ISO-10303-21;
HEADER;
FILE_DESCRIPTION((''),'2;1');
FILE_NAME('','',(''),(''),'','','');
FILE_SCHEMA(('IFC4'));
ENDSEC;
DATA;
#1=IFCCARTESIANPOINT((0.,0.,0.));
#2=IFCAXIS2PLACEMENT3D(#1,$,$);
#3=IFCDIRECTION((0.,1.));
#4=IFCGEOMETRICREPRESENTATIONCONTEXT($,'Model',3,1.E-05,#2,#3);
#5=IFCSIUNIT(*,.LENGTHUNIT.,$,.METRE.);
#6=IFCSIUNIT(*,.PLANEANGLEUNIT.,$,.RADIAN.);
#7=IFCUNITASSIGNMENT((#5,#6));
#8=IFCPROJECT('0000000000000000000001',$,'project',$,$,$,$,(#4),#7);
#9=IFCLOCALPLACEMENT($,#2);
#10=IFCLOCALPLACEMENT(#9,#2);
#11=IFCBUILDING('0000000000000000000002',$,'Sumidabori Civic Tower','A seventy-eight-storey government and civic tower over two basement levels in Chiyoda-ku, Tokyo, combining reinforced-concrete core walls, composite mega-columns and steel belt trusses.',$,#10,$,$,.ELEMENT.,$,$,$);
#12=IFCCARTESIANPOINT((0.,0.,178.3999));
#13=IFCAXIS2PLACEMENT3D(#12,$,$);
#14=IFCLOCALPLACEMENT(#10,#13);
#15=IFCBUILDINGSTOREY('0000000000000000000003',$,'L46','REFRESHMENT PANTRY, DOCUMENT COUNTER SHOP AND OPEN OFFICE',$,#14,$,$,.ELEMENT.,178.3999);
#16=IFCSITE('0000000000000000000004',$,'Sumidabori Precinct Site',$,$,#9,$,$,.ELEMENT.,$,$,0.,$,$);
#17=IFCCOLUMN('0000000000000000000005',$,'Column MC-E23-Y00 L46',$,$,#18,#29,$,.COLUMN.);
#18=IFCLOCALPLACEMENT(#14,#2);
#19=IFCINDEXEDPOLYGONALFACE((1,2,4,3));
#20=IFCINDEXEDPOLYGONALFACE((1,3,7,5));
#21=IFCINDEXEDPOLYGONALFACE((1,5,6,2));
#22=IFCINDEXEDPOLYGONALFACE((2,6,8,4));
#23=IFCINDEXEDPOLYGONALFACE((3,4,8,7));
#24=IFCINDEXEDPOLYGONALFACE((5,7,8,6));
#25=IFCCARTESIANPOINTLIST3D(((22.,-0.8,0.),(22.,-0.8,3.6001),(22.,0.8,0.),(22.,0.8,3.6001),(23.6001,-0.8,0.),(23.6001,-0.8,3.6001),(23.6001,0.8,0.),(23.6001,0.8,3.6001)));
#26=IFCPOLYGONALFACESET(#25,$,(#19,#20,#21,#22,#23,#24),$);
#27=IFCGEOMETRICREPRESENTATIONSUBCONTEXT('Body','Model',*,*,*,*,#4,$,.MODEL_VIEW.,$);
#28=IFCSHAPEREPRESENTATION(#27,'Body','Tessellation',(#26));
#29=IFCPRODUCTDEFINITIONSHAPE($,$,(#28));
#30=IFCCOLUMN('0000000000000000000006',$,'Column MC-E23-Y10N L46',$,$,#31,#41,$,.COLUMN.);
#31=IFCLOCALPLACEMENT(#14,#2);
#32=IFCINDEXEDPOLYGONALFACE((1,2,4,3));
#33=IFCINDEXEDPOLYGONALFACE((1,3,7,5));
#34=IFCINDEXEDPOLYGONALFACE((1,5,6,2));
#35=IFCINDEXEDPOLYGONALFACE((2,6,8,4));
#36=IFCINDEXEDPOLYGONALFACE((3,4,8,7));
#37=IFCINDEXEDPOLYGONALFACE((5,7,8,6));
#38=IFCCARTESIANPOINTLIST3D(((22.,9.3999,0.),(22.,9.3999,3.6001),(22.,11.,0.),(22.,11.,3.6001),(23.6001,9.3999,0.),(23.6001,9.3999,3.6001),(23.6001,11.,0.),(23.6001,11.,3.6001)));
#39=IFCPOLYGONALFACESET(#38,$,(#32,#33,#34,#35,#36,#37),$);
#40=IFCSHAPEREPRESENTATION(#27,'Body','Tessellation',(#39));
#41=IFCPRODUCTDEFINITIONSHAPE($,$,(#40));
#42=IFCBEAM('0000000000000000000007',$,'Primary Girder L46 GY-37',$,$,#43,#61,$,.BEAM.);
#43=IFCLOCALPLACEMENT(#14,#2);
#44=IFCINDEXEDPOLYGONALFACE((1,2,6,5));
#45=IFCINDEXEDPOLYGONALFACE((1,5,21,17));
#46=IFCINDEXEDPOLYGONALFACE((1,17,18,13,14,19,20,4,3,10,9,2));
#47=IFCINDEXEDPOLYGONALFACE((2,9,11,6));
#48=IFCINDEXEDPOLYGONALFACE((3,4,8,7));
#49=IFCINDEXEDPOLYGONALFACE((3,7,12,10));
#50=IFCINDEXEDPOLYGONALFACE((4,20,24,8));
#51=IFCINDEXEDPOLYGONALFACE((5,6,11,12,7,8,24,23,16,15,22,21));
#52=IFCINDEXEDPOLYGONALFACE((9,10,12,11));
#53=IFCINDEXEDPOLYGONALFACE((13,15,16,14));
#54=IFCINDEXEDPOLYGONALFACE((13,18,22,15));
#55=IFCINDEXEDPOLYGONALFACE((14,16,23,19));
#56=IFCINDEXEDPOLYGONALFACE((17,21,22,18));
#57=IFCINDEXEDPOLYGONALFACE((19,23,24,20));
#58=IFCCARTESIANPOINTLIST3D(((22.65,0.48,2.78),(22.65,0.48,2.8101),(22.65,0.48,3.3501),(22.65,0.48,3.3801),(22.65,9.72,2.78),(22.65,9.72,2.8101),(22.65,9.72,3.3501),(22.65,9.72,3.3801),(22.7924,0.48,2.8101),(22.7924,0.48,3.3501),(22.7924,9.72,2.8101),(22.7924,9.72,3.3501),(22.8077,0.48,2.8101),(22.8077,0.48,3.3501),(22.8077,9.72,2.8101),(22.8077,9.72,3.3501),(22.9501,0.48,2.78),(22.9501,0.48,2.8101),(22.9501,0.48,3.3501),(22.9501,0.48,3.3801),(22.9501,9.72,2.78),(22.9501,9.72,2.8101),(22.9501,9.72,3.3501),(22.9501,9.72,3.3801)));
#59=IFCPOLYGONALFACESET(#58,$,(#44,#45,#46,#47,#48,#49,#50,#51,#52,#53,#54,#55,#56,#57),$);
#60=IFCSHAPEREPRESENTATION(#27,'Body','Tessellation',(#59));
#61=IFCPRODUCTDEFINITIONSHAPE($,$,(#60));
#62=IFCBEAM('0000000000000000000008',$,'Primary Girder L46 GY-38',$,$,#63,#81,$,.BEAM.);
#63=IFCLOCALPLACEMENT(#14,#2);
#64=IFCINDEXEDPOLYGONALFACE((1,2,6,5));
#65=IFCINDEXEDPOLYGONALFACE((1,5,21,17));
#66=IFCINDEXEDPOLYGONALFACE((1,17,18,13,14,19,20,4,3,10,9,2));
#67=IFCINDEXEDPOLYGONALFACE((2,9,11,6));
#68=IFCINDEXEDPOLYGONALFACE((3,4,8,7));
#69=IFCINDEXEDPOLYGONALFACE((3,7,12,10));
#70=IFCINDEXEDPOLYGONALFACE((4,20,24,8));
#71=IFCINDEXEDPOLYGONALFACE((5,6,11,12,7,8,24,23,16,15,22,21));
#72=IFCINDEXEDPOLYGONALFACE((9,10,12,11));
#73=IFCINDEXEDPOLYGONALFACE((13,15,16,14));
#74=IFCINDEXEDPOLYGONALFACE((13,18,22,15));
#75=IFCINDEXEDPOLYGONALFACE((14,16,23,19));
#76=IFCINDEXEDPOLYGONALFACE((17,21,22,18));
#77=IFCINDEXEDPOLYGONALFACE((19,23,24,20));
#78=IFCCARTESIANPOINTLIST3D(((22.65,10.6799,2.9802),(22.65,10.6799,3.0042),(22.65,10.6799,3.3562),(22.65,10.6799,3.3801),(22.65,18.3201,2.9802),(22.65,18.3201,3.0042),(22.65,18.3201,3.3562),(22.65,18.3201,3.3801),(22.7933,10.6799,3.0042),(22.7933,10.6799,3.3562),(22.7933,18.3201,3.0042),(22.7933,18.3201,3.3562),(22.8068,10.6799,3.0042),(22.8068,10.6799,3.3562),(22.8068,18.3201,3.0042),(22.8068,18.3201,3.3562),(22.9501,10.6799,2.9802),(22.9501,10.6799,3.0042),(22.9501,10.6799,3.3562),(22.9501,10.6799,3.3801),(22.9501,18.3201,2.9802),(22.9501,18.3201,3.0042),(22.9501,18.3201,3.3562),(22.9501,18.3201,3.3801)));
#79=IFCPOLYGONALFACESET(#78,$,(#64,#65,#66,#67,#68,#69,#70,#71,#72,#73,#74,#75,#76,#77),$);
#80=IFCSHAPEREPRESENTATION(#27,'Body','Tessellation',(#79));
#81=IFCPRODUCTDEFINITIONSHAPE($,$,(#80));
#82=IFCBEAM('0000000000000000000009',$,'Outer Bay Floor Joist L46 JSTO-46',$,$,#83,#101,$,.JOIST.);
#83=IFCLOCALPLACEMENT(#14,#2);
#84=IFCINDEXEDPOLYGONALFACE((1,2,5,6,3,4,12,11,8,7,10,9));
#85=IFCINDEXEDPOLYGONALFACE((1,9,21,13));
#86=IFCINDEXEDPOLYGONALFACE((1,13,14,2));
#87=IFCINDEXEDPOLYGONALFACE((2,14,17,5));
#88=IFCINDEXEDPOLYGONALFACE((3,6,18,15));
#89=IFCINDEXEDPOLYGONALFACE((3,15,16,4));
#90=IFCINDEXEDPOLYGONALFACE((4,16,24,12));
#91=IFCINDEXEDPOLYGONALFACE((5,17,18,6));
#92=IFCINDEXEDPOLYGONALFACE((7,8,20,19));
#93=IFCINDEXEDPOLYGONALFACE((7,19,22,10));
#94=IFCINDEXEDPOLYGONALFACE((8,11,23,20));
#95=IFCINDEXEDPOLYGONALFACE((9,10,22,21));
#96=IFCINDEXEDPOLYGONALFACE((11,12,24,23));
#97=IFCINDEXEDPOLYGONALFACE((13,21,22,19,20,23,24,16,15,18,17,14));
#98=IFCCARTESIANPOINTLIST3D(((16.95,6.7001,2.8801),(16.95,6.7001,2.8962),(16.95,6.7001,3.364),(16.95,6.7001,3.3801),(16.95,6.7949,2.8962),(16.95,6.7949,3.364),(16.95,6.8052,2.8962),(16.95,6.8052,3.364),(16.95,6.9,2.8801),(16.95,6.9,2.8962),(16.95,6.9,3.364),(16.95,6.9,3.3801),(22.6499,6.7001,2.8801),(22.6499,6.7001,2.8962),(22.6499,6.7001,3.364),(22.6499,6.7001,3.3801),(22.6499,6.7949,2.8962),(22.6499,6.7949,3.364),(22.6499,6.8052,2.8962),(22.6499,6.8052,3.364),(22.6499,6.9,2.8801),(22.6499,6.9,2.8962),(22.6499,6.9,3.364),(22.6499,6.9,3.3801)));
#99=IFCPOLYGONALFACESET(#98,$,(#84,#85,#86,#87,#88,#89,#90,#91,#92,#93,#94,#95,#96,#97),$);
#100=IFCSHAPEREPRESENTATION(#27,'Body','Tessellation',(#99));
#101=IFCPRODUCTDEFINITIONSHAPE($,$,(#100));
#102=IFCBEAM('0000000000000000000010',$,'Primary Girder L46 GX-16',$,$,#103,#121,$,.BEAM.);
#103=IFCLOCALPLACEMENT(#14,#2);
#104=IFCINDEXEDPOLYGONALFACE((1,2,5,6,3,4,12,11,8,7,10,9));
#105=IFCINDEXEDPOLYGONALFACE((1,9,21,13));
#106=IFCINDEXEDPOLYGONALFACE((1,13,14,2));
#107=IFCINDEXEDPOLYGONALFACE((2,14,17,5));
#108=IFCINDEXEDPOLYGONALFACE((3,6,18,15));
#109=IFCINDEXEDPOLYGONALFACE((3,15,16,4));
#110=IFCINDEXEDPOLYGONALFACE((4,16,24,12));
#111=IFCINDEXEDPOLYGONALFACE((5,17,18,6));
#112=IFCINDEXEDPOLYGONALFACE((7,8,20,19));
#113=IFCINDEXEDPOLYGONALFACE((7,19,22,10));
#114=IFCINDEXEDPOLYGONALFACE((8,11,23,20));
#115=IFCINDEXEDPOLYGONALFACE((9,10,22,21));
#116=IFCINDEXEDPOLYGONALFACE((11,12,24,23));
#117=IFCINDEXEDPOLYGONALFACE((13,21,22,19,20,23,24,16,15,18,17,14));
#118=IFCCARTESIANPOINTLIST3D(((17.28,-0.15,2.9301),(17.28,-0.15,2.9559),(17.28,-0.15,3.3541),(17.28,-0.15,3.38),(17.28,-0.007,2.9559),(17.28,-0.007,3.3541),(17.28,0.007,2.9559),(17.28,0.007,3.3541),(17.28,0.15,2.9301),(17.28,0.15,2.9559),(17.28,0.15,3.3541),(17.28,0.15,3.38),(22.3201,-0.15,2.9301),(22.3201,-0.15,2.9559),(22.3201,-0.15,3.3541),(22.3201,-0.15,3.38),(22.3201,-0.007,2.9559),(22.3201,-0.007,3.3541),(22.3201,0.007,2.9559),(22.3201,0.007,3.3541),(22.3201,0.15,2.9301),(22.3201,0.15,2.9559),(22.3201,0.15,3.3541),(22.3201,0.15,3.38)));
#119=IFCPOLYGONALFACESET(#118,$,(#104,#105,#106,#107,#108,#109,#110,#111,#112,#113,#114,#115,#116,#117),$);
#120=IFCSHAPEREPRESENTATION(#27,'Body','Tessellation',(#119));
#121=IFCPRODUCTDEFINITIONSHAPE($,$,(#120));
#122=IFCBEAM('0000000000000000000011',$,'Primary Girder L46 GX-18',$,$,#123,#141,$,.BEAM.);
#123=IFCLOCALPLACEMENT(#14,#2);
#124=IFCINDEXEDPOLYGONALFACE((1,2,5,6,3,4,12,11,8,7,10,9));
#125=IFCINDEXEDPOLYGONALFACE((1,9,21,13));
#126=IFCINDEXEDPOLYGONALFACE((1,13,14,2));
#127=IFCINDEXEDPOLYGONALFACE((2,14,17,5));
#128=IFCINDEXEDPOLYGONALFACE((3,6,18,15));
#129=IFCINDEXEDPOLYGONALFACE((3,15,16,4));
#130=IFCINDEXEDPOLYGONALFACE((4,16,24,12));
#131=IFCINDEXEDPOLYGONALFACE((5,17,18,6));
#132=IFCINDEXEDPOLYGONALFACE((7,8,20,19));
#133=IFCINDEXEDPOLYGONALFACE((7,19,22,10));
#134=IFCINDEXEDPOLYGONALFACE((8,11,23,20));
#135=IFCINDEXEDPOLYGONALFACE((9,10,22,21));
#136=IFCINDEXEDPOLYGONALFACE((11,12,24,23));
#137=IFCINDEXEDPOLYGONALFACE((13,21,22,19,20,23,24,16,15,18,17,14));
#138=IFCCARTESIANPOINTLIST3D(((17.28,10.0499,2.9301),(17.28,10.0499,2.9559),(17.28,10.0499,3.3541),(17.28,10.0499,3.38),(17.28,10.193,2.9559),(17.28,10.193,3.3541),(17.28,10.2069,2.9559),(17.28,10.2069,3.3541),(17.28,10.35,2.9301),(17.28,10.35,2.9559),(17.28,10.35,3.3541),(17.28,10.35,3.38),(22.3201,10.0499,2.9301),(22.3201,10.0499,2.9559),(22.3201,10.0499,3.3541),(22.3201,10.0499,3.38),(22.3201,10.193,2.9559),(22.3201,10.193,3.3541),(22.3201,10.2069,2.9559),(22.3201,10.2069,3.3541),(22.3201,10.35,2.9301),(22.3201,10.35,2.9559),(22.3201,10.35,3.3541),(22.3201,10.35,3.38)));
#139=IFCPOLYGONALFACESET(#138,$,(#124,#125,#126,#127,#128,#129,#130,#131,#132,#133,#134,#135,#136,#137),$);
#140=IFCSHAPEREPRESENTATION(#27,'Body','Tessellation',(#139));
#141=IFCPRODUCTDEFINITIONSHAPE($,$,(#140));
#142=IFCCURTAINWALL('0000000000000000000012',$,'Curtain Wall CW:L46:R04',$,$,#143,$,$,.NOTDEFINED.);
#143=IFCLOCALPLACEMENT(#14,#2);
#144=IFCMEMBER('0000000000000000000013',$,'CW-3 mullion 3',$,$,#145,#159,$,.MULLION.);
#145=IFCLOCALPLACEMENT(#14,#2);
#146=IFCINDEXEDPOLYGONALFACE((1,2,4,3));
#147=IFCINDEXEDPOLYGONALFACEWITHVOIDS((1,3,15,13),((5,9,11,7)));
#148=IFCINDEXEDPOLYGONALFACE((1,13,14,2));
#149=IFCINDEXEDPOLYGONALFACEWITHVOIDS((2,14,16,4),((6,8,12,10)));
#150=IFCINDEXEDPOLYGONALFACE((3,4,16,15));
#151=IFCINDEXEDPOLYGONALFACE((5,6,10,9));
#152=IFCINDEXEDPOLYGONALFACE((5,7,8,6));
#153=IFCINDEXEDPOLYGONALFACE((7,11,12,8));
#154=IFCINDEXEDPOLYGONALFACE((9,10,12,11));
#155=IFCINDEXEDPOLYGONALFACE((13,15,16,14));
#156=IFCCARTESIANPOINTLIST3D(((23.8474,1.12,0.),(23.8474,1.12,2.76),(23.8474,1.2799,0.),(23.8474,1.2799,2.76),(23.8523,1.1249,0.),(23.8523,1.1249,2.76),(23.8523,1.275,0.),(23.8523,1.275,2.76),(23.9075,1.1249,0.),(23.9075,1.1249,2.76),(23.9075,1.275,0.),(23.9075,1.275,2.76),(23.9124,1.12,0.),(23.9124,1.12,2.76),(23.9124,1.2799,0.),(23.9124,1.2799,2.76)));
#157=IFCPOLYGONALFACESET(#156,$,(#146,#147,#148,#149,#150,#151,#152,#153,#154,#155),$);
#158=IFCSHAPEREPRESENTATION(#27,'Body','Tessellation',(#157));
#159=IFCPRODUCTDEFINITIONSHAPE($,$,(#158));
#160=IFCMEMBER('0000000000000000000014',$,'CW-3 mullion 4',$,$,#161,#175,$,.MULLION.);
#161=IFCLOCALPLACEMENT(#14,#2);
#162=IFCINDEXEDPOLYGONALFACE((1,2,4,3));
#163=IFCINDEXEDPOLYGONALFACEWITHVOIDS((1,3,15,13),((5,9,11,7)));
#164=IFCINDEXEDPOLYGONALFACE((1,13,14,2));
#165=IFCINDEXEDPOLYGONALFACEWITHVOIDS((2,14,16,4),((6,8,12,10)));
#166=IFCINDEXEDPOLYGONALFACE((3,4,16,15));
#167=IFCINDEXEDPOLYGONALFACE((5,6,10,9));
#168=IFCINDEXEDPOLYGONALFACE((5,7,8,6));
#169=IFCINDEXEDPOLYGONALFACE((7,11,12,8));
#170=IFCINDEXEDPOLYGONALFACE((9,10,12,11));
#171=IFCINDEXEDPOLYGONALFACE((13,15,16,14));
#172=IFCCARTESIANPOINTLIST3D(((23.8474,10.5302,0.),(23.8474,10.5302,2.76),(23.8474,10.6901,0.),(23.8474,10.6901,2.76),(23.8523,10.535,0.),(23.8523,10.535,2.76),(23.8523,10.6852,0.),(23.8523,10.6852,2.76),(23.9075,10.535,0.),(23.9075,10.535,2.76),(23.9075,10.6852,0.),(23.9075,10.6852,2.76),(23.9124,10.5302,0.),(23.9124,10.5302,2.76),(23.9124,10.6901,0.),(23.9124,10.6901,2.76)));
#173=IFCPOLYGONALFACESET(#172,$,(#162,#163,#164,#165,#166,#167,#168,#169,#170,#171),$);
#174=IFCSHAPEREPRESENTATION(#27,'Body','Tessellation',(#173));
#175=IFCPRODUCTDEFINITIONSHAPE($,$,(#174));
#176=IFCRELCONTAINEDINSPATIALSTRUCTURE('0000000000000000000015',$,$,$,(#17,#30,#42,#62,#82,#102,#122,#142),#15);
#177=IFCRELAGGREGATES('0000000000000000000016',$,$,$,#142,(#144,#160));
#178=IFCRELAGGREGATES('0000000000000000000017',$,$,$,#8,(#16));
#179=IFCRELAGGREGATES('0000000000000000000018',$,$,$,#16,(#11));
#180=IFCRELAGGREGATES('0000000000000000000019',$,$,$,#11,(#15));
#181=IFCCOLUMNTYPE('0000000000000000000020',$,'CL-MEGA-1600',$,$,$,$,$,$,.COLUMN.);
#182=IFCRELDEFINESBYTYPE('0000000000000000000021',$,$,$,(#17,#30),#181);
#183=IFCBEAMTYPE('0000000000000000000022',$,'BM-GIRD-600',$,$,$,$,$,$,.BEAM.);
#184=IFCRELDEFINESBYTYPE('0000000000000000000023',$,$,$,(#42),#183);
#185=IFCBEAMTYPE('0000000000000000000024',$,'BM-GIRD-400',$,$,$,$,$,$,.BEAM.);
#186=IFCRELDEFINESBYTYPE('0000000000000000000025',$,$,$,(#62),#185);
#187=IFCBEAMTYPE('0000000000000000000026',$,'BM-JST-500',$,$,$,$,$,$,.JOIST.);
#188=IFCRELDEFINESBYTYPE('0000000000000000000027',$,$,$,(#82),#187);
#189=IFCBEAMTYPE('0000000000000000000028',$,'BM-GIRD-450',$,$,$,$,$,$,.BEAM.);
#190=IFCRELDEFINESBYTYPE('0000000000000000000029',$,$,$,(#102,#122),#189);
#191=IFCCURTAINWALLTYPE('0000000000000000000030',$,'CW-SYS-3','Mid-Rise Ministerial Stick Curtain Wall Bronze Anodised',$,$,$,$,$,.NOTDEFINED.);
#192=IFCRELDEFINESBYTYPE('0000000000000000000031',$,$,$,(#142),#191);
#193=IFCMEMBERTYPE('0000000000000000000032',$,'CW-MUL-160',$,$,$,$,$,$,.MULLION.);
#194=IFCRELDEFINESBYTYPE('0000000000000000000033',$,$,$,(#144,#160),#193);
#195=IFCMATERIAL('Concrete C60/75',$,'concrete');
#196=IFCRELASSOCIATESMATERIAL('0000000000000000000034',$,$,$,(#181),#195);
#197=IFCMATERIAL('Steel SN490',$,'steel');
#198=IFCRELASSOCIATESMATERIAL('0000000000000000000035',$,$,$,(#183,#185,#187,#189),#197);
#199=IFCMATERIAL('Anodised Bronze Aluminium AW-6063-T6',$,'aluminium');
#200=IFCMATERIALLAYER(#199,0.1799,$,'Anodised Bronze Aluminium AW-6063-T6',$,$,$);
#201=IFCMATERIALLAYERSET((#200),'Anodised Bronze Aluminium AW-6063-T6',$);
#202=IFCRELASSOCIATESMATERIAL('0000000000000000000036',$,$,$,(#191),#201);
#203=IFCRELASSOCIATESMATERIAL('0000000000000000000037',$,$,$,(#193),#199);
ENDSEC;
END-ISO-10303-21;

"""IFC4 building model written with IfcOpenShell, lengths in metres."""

from ifc_helpers import new_model, si_unit, direction, frame, origin, origin_2d, place, context, subcontext, project, spatial, rectangle, hollow_rectangle, i_section, extrude, source, transform, mapped, material, layer, layer_set, material_profile, profile_set, type_object, element, aggregate, save


model = new_model("IFC4")

# Units and contexts
model_context = context("Model", 3, precision=1e-05, world=origin(), true_north=direction((0.0, 1.0)))
body_context = subcontext(model_context, "Body", "Model", "MODEL_VIEW")
ifc_project = project(units=[si_unit("LENGTHUNIT", "METRE"), si_unit("PLANEANGLEUNIT", "RADIAN")], contexts=[model_context])

# Site, building, storey
site_placement = place(None, origin())
site = spatial("IfcSite", under=ifc_project, at=site_placement, Name="Sumidabori Precinct Site", CompositionType="ELEMENT", RefElevation=0.0)
building_placement = place(site_placement, origin())
building = spatial("IfcBuilding", under=site, at=building_placement, Name="Sumidabori Civic Tower", Description="A seventy-eight-storey government and civic tower over two basement levels in Chiyoda-ku, Tokyo, combining reinforced-concrete core walls, composite mega-columns and steel belt trusses.", CompositionType="ELEMENT")
storey_placement = place(building_placement, frame((0.0, 0.0, 178.3999)))
storey = spatial("IfcBuildingStorey", under=building, at=storey_placement, Name="L46", Description="REFRESHMENT PANTRY, DOCUMENT COUNTER SHOP AND OPEN OFFICE", CompositionType="ELEMENT", Elevation=178.3999)

# Columns
ifc_material_1 = material(Name="Concrete C60/75", Category="concrete")
ifc_material_profile_1 = material_profile(ifc_material_1, rectangle(XDim=1.6001, YDim=1.6001, at=origin_2d()), Name="RC 1600x1600")
ifc_profile_set_1 = profile_set([ifc_material_profile_1], Name="Concrete C60/75")
column_type = type_object("IfcColumnType", Name="CL-MEGA-1600", PredefinedType="COLUMN", material=ifc_profile_set_1)
shared_shape_1 = source(origin(), body_context, "Body", "SweptSolid", [
    extrude(rectangle(XDim=1.6001, YDim=1.6001, at=origin_2d()), origin(), (0.0, 0.0, 1.0), 3.6001),
])
for number, where, z_axis, x_axis, name in (
    (1, (22.8, 0.0, 0.0), (0.0, 0.0, 1.0), (1.0, 0.0, 0.0), "Column MC-E23-Y00 L46"),
    (2, (22.8, 10.2, 0.0), (0.0, 0.0, 1.0), (1.0, 0.0, 0.0), "Column MC-E23-Y10N L46"),
):
    element("IfcColumn", number, at=place(storey_placement, frame(where, z_axis=z_axis, x_axis=x_axis)), inside=storey, type_object=column_type, Name=name, PredefinedType="COLUMN", context=body_context, shape_type="MappedRepresentation", body=[
        mapped(shared_shape_1, transform((0.0, 0.0, 0.0), x_axis=(1.0, 0.0, 0.0), y_axis=(0.0, 1.0, 0.0), z_axis=(0.0, 0.0, 1.0), scale=1.0)),
    ])

# Beams
ifc_material_2 = material(Name="Steel SN490", Category="steel")
ifc_material_profile_2 = material_profile(ifc_material_2, i_section(OverallWidth=0.3, OverallDepth=0.6001, WebThickness=0.0154, FlangeThickness=0.03, at=origin_2d()), Name="HE 600 B")
ifc_profile_set_2 = profile_set([ifc_material_profile_2], Name="Steel SN490")
beam_type_1 = type_object("IfcBeamType", Name="BM-GIRD-600", PredefinedType="BEAM", material=ifc_profile_set_2)
shared_shape_2 = source(origin(), body_context, "Body", "SweptSolid", [
    extrude(i_section(OverallWidth=0.3, OverallDepth=0.6001, WebThickness=0.0154, FlangeThickness=0.03, at=origin_2d()), origin(), (0.0, 0.0, 1.0), 9.24),
])
beam_1_placement = place(storey_placement, frame((22.8, 0.48, 3.0801), z_axis=(0.0, 1.0, 0.0), x_axis=(-1.0, 0.0, 0.0)))
element("IfcBeam", 3, at=beam_1_placement, inside=storey, type_object=beam_type_1, Name="Primary Girder L46 GY-37", PredefinedType="BEAM", context=body_context, shape_type="MappedRepresentation", body=[
    mapped(shared_shape_2, transform((0.0, 0.0, 0.0), x_axis=(1.0, 0.0, 0.0), y_axis=(0.0, 1.0, 0.0), z_axis=(0.0, 0.0, 1.0), scale=1.0)),
])
ifc_material_profile_3 = material_profile(ifc_material_2, i_section(OverallWidth=0.3, OverallDepth=0.3999, WebThickness=0.0134, FlangeThickness=0.0239, at=origin_2d()), Name="HE 400 B")
ifc_profile_set_3 = profile_set([ifc_material_profile_3], Name="Steel SN490")
beam_type_2 = type_object("IfcBeamType", Name="BM-GIRD-400", PredefinedType="BEAM", material=ifc_profile_set_3)
shared_shape_3 = source(origin(), body_context, "Body", "SweptSolid", [
    extrude(i_section(OverallWidth=0.3, OverallDepth=0.3999, WebThickness=0.0134, FlangeThickness=0.0239, at=origin_2d()), origin(), (0.0, 0.0, 1.0), 7.6401),
])
beam_2_placement = place(storey_placement, frame((22.8, 10.6799, 3.1802), z_axis=(0.0, 1.0, 0.0), x_axis=(-1.0, 0.0, 0.0)))
element("IfcBeam", 4, at=beam_2_placement, inside=storey, type_object=beam_type_2, Name="Primary Girder L46 GY-38", PredefinedType="BEAM", context=body_context, shape_type="MappedRepresentation", body=[
    mapped(shared_shape_3, transform((0.0, 0.0, 0.0), x_axis=(1.0, 0.0, 0.0), y_axis=(0.0, 1.0, 0.0), z_axis=(0.0, 0.0, 1.0), scale=1.0)),
])
ifc_material_profile_4 = material_profile(ifc_material_2, i_section(OverallWidth=0.2, OverallDepth=0.5, WebThickness=0.0103, FlangeThickness=0.0161, at=origin_2d()), Name="IPE 500")
ifc_profile_set_4 = profile_set([ifc_material_profile_4], Name="Steel SN490")
beam_type_3 = type_object("IfcBeamType", Name="BM-JST-500", PredefinedType="JOIST", material=ifc_profile_set_4)
shared_shape_4 = source(origin(), body_context, "Body", "SweptSolid", [
    extrude(i_section(OverallWidth=0.2, OverallDepth=0.5, WebThickness=0.0103, FlangeThickness=0.0161, at=origin_2d()), origin(), (0.0, 0.0, 1.0), 5.7),
])
beam_3_placement = place(storey_placement, frame((16.95, 6.8, 3.1301), z_axis=(1.0, 0.0, 0.0), x_axis=(0.0, 1.0, 0.0)))
element("IfcBeam", 5, at=beam_3_placement, inside=storey, type_object=beam_type_3, Name="Outer Bay Floor Joist L46 JSTO-46", PredefinedType="JOIST", context=body_context, shape_type="MappedRepresentation", body=[
    mapped(shared_shape_4, transform((0.0, 0.0, 0.0), x_axis=(1.0, 0.0, 0.0), y_axis=(0.0, 1.0, 0.0), z_axis=(0.0, 0.0, 1.0), scale=1.0)),
])
ifc_material_profile_5 = material_profile(ifc_material_2, i_section(OverallWidth=0.3, OverallDepth=0.45, WebThickness=0.0139, FlangeThickness=0.0259, at=origin_2d()), Name="HE 450 B")
ifc_profile_set_5 = profile_set([ifc_material_profile_5], Name="Steel SN490")
beam_type_4 = type_object("IfcBeamType", Name="BM-GIRD-450", PredefinedType="BEAM", material=ifc_profile_set_5)
shared_shape_5 = source(origin(), body_context, "Body", "SweptSolid", [
    extrude(i_section(OverallWidth=0.3, OverallDepth=0.45, WebThickness=0.0139, FlangeThickness=0.0259, at=origin_2d()), origin(), (0.0, 0.0, 1.0), 5.04),
])
for number, where, z_axis, x_axis, name in (
    (6, (17.28, 0.0, 3.155), (1.0, 0.0, 0.0), (0.0, 1.0, 0.0), "Primary Girder L46 GX-16"),
    (7, (17.28, 10.2, 3.155), (1.0, 0.0, 0.0), (0.0, 1.0, 0.0), "Primary Girder L46 GX-18"),
):
    element("IfcBeam", number, at=place(storey_placement, frame(where, z_axis=z_axis, x_axis=x_axis)), inside=storey, type_object=beam_type_4, Name=name, PredefinedType="BEAM", context=body_context, shape_type="MappedRepresentation", body=[
        mapped(shared_shape_5, transform((0.0, 0.0, 0.0), x_axis=(1.0, 0.0, 0.0), y_axis=(0.0, 1.0, 0.0), z_axis=(0.0, 0.0, 1.0), scale=1.0)),
    ])

# Curtain wall, members
ifc_material_3 = material(Name="Anodised Bronze Aluminium AW-6063-T6", Category="aluminium")
ifc_layer_1 = layer(ifc_material_3, 0.1799, Name="Anodised Bronze Aluminium AW-6063-T6")
ifc_layer_set_1 = layer_set([ifc_layer_1], Name="Anodised Bronze Aluminium AW-6063-T6")
curtain_wall_type = type_object("IfcCurtainWallType", Name="CW-SYS-3", Description="Mid-Rise Ministerial Stick Curtain Wall Bronze Anodised", PredefinedType="NOTDEFINED", material=ifc_layer_set_1)
curtain_wall_placement = place(storey_placement, origin())
curtain_wall = element("IfcCurtainWall", 8, at=curtain_wall_placement, inside=storey, type_object=curtain_wall_type, Name="Curtain Wall CW:L46:R04", PredefinedType="NOTDEFINED")
ifc_material_profile_6 = material_profile(ifc_material_3, hollow_rectangle(XDim=0.0649, YDim=0.1599, WallThickness=0.0049, at=origin_2d()), Name="ALU MULLION 160x65")
ifc_profile_set_6 = profile_set([ifc_material_profile_6], Name="Anodised Bronze Aluminium AW-6063-T6")
member_type_1 = type_object("IfcMemberType", Name="CW-MUL-160", PredefinedType="MULLION", material=ifc_profile_set_6)
shared_shape_6 = source(origin(), body_context, "Body", "SweptSolid", [
    extrude(hollow_rectangle(XDim=0.0649, YDim=0.1599, WallThickness=0.0049, at=origin_2d()), origin(), (0.0, 0.0, 1.0), 2.76),
])
member_1_placement = place(storey_placement, frame((23.8799, 1.2, 0.0), z_axis=(0.0, 0.0, 1.0), x_axis=(-1.0, 0.0, 0.0)))
member_1 = element("IfcMember", 9, at=member_1_placement, type_object=member_type_1, Name="CW-3 mullion 3", PredefinedType="MULLION", context=body_context, shape_type="MappedRepresentation", body=[
    mapped(shared_shape_6, transform((0.0, 0.0, 0.0), x_axis=(1.0, 0.0, 0.0), y_axis=(0.0, 1.0, 0.0), z_axis=(0.0, 0.0, 1.0), scale=1.0)),
])
member_2_placement = place(storey_placement, frame((23.8799, 10.6101, 0.0), z_axis=(0.0, 0.0, 1.0), x_axis=(-1.0, 0.0, 0.0)))
member_2 = element("IfcMember", 10, at=member_2_placement, type_object=member_type_1, Name="CW-3 mullion 4", PredefinedType="MULLION", context=body_context, shape_type="MappedRepresentation", body=[
    mapped(shared_shape_6, transform((0.0, 0.0, 0.0), x_axis=(1.0, 0.0, 0.0), y_axis=(0.0, 1.0, 0.0), z_axis=(0.0, 0.0, 1.0), scale=1.0)),
])
aggregate(curtain_wall, [member_1, member_2])

save(model, "model.ifc")
